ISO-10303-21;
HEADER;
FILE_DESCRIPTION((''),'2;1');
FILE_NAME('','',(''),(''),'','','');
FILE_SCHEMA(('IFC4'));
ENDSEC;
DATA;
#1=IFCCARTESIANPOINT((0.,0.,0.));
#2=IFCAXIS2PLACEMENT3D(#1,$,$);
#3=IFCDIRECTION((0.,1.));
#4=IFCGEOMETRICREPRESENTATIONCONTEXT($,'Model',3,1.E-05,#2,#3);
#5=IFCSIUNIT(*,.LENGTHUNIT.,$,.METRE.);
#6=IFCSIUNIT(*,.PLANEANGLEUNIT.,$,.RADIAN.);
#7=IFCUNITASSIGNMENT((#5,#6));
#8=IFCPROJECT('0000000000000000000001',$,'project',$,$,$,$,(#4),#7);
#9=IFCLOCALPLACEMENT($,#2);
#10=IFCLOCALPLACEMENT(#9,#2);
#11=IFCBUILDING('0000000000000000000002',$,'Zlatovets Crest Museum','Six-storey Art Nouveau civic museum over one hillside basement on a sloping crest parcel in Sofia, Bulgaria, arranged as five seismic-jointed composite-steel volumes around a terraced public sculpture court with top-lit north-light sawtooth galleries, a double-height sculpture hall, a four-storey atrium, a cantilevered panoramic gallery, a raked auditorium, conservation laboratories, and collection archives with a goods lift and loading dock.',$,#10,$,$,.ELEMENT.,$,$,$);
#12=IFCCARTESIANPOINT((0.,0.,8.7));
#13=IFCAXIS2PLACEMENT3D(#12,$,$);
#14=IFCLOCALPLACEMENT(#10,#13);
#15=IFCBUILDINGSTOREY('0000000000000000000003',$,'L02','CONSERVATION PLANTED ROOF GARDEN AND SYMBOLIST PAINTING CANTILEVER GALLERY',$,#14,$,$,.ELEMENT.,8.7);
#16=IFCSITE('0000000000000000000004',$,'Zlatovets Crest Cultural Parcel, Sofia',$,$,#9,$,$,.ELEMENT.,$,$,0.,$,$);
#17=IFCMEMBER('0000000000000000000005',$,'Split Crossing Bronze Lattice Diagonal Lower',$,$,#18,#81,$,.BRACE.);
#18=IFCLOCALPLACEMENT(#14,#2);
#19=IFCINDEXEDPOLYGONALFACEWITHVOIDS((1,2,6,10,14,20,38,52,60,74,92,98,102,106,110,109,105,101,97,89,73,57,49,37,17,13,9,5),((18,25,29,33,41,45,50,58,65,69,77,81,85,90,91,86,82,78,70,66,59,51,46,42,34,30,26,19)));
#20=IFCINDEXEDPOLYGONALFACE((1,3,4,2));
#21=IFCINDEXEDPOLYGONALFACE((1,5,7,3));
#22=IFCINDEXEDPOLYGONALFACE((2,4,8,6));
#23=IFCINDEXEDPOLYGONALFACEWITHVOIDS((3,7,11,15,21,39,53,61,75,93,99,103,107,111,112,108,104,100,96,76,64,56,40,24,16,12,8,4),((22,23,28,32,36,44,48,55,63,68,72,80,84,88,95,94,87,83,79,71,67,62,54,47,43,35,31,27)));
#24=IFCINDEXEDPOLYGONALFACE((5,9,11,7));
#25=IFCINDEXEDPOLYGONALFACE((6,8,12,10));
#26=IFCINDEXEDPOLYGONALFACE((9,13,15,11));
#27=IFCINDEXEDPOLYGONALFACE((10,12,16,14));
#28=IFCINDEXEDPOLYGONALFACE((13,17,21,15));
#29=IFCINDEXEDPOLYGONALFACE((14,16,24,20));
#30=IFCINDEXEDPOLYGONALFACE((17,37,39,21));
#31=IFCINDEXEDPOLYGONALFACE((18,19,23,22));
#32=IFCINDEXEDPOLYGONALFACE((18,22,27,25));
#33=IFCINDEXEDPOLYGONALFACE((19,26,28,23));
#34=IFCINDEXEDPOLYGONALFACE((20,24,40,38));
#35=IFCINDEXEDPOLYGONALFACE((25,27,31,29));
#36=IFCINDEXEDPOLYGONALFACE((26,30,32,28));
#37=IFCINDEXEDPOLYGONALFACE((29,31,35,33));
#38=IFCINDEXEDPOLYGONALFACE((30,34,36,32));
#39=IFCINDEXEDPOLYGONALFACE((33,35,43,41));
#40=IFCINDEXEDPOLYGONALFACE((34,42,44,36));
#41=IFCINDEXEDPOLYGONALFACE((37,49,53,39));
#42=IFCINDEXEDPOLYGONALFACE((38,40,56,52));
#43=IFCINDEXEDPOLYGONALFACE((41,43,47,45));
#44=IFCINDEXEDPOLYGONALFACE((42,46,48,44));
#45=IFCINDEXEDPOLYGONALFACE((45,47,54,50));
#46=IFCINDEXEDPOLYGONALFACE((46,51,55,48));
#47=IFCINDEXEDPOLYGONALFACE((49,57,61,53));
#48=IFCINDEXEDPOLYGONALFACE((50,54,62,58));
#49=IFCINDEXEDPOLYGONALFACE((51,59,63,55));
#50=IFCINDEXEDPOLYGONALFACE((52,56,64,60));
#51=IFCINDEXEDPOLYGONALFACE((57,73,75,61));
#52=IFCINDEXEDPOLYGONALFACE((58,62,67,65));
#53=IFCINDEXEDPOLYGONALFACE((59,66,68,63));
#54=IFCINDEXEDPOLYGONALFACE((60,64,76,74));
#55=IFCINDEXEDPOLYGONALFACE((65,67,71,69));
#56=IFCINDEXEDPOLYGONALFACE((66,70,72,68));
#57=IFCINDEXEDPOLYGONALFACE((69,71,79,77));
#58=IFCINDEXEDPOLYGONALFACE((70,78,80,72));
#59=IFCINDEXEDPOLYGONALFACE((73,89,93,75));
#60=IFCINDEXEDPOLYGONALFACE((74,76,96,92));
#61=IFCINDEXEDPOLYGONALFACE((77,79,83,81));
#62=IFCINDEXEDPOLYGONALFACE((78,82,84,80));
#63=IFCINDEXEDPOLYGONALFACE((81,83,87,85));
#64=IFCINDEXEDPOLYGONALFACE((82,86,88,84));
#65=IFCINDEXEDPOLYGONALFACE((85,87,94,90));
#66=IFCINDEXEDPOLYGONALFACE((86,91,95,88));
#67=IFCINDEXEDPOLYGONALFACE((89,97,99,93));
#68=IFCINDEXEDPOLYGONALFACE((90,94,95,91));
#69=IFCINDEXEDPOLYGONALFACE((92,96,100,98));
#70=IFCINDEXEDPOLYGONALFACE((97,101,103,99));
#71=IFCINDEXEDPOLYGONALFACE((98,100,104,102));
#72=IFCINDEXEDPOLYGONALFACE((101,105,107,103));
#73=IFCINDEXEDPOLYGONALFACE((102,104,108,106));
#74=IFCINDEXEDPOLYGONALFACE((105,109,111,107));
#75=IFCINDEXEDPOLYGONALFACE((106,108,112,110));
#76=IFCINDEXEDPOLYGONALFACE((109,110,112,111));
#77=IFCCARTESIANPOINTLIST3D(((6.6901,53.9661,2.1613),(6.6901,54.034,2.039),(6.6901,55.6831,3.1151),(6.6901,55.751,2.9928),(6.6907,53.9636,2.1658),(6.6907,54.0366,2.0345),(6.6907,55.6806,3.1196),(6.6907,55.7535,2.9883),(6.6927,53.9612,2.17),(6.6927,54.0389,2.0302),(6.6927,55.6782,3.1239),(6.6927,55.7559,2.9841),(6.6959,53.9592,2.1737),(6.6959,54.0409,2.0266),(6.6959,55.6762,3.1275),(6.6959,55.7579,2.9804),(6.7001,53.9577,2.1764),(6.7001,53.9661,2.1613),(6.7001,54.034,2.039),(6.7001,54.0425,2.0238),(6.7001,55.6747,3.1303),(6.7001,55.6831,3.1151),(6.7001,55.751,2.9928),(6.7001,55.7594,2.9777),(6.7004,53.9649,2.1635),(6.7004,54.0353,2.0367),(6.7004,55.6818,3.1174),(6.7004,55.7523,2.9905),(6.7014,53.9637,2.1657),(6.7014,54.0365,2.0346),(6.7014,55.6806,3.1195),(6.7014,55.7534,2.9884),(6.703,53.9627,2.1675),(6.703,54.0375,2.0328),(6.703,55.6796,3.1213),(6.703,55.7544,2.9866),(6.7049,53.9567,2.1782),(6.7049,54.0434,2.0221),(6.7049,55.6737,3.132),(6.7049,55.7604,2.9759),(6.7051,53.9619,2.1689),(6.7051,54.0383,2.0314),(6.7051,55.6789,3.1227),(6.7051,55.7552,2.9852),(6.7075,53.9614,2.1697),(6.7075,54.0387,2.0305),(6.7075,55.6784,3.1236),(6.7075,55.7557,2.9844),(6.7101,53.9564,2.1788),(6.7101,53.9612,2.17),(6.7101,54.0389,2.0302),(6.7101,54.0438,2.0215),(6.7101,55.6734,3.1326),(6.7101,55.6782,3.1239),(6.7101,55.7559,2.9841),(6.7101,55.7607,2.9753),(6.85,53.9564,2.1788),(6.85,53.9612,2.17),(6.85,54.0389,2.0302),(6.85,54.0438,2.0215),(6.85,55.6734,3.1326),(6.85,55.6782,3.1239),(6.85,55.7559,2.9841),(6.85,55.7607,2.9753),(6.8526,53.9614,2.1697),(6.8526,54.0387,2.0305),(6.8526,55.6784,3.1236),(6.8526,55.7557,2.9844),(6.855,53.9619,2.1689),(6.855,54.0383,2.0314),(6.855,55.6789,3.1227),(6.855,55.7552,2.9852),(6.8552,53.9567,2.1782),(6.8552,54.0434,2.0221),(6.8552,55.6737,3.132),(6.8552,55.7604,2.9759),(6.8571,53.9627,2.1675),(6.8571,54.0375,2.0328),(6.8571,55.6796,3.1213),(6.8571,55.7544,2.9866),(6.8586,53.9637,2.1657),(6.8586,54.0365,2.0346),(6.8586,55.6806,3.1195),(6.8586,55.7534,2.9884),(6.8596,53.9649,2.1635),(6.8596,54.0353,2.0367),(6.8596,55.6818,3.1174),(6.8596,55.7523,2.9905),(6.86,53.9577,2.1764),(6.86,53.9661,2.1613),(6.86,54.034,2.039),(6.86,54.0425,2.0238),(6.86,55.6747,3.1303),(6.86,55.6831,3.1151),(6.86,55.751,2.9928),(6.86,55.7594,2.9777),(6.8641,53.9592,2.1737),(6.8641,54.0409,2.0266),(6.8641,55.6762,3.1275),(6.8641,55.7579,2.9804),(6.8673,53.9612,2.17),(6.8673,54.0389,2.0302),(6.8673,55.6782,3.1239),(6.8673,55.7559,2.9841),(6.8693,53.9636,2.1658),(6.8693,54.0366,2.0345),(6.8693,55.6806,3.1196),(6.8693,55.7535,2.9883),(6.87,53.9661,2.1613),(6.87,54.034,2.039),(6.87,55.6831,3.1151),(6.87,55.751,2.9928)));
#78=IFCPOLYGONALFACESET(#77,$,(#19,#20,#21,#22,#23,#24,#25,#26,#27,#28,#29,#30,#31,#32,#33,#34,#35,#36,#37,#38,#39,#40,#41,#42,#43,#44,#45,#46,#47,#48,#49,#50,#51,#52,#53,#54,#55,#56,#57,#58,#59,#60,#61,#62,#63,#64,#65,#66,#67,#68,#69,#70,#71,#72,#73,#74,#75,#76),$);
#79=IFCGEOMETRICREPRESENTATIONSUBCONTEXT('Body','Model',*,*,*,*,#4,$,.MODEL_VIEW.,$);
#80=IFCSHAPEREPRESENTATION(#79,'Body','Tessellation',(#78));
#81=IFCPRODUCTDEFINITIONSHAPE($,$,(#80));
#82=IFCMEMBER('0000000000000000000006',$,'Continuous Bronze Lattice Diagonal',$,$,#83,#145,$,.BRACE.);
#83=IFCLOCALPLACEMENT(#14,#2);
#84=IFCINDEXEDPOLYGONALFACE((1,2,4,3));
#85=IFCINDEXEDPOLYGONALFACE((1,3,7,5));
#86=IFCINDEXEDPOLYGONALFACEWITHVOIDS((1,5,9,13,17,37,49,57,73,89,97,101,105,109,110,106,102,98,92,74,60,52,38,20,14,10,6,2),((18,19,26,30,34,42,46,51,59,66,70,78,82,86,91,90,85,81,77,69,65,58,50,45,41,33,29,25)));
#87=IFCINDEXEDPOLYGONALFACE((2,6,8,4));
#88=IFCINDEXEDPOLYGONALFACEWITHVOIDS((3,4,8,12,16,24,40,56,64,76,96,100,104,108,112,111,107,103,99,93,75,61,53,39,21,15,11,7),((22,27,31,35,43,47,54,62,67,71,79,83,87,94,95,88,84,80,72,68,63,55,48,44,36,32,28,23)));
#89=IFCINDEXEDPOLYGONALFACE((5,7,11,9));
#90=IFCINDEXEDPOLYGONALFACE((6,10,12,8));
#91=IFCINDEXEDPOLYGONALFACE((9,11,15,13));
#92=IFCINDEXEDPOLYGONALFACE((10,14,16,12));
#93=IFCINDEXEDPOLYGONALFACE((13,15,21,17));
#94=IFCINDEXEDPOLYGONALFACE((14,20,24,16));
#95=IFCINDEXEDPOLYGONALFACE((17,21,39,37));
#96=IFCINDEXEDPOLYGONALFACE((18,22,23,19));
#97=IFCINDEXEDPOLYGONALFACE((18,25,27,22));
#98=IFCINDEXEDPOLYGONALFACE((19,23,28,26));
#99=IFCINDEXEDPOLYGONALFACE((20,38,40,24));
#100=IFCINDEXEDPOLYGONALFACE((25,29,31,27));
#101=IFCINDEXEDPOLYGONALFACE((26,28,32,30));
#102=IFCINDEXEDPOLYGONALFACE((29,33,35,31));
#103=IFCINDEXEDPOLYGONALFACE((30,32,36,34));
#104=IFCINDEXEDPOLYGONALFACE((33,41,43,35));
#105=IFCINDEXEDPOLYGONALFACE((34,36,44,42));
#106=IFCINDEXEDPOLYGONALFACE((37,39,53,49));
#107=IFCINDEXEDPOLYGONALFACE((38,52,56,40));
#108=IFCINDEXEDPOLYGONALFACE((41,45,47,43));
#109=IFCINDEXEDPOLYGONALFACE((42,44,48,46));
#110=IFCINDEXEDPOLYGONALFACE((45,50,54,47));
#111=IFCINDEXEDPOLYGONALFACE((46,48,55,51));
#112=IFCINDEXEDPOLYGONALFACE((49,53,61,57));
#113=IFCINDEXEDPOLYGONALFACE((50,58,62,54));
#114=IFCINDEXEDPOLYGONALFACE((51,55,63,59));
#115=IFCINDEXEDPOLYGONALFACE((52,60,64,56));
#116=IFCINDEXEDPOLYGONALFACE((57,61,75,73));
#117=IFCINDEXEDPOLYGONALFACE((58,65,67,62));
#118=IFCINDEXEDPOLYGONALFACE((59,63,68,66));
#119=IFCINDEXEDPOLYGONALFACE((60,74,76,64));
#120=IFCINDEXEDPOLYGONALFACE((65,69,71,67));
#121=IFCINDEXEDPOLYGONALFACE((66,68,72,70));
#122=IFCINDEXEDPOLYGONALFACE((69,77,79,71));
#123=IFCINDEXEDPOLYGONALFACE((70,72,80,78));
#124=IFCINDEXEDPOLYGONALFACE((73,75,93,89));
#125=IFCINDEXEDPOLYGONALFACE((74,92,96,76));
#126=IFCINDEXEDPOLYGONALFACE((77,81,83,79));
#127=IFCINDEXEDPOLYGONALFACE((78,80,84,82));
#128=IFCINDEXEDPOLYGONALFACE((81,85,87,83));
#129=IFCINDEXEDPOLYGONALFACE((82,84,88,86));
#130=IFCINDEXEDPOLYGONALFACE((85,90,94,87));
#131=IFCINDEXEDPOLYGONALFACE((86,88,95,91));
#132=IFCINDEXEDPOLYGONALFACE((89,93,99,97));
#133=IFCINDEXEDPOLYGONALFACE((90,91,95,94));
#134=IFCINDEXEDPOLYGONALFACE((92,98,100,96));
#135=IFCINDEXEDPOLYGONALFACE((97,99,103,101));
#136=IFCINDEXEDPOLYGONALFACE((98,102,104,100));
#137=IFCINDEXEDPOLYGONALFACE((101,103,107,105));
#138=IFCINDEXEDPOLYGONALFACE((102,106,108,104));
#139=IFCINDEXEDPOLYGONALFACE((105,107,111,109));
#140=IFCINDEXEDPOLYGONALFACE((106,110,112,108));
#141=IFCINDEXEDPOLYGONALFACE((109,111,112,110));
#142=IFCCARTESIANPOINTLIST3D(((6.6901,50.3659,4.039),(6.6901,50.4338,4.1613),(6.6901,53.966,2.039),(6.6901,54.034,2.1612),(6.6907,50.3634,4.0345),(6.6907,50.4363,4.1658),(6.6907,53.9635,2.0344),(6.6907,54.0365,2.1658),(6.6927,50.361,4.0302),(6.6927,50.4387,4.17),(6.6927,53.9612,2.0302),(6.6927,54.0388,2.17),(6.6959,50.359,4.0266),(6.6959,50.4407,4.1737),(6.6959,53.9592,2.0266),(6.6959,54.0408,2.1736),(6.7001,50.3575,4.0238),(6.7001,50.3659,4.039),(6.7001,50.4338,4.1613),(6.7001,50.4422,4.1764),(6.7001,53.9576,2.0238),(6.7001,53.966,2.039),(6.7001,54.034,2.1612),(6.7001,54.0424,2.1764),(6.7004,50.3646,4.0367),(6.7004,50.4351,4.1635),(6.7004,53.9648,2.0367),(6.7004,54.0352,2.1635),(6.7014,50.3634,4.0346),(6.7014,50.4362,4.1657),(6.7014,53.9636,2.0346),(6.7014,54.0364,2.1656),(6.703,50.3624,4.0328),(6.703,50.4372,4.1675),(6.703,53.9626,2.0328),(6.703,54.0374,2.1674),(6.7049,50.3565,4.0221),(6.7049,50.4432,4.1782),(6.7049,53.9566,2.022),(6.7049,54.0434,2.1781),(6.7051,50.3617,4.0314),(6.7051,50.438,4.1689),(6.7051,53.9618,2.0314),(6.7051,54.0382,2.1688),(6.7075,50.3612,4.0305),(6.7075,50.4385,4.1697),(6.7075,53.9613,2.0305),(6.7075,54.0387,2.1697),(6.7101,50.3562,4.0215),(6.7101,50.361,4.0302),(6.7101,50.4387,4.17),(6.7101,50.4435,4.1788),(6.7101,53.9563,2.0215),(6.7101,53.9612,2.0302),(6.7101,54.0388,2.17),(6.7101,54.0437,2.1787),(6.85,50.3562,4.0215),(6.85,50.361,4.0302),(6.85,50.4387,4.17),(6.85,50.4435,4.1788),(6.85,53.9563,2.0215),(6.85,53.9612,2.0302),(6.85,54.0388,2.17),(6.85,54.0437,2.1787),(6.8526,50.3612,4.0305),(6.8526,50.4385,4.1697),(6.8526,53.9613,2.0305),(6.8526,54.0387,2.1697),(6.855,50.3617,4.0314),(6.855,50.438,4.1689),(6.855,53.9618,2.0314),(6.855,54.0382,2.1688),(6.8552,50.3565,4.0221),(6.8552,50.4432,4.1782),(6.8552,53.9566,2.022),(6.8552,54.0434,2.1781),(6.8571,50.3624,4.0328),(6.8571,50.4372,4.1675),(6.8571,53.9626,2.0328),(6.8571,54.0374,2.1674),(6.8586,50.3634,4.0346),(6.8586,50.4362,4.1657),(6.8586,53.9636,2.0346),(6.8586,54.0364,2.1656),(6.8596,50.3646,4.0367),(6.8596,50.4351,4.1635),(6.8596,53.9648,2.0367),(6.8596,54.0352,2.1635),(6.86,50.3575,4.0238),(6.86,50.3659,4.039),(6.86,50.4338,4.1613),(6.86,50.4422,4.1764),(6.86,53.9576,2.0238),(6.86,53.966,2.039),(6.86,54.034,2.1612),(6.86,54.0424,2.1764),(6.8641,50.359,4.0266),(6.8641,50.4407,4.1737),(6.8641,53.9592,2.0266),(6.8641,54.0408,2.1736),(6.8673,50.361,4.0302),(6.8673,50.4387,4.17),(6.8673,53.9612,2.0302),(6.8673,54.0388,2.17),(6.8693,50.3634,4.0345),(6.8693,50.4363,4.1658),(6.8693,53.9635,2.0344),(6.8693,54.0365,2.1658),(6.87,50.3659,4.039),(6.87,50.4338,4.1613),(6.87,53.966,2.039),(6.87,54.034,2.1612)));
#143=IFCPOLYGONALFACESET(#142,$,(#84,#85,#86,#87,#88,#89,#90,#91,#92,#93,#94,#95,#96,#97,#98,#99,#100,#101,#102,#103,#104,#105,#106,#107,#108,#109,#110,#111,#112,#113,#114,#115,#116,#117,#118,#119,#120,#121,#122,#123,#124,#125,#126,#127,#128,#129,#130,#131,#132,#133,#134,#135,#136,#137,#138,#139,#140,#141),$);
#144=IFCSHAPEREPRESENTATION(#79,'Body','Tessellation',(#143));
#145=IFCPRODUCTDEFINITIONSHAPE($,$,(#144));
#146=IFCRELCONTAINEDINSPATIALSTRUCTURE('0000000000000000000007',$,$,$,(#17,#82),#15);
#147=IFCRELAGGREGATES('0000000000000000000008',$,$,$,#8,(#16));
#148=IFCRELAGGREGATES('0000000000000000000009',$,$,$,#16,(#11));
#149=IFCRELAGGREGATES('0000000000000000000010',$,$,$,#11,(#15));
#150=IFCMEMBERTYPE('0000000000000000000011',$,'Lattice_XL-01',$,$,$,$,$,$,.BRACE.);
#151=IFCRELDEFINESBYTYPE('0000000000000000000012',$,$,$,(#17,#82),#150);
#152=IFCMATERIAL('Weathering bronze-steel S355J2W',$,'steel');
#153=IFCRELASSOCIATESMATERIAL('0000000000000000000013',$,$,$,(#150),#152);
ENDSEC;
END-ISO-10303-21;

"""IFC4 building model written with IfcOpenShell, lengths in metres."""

from ifc_helpers import new_model, si_unit, direction, frame, origin, origin_2d, place, context, subcontext, project, spatial, hollow_rectangle, extrude, material, material_profile, profile_set, type_object, element, save


model = new_model("IFC4")

# Units and contexts
model_context = context("Model", 3, precision=1e-05, world=origin(), true_north=direction((0.0, 1.0)))
body_context = subcontext(model_context, "Body", "Model", "MODEL_VIEW")
ifc_project = project(units=[si_unit("LENGTHUNIT", "METRE"), si_unit("PLANEANGLEUNIT", "RADIAN")], contexts=[model_context])

# Site, building, storey
site_placement = place(None, origin())
site = spatial("IfcSite", under=ifc_project, at=site_placement, Name="Zlatovets Crest Cultural Parcel, Sofia", CompositionType="ELEMENT", RefElevation=0.0)
building_placement = place(site_placement, origin())
building = spatial("IfcBuilding", under=site, at=building_placement, Name="Zlatovets Crest Museum", Description="Six-storey Art Nouveau civic museum over one hillside basement on a sloping crest parcel in Sofia, Bulgaria, arranged as five seismic-jointed composite-steel volumes around a terraced public sculpture court with top-lit north-light sawtooth galleries, a double-height sculpture hall, a four-storey atrium, a cantilevered panoramic gallery, a raked auditorium, conservation laboratories, and collection archives with a goods lift and loading dock.", CompositionType="ELEMENT")
storey_placement = place(building_placement, frame((0.0, 0.0, 8.7)))
storey = spatial("IfcBuildingStorey", under=building, at=storey_placement, Name="L02", Description="CONSERVATION PLANTED ROOF GARDEN AND SYMBOLIST PAINTING CANTILEVER GALLERY", CompositionType="ELEMENT", Elevation=8.7)

# Members
ifc_material_1 = material(Name="Weathering bronze-steel S355J2W", Category="steel")
ifc_material_profile_1 = material_profile(ifc_material_1, hollow_rectangle(XDim=0.1799, YDim=0.1799, WallThickness=0.01, InnerFilletRadius=0.01, OuterFilletRadius=0.02, at=origin_2d()), Name="SHS 180x180x10.0")
ifc_profile_set_1 = profile_set([ifc_material_profile_1], Name="Weathering bronze-steel S355J2W")
member_type_1 = type_object("IfcMemberType", Name="Lattice_XL-01", PredefinedType="BRACE", material=ifc_profile_set_1)
for number, where, z_axis, x_axis, name in (
    (1, (6.78, 55.717, 3.054), (0.0, -0.874169, -0.485622), (1.0, 0.0, 0.0), "Split Crossing Bronze Lattice Diagonal Lower"),
):
    element("IfcMember", number, at=place(storey_placement, frame(where, z_axis=z_axis, x_axis=x_axis)), inside=storey, type_object=member_type_1, Name=name, PredefinedType="BRACE", context=body_context, shape_type="SweptSolid", body=[
        extrude(hollow_rectangle(XDim=0.1799, YDim=0.1799, WallThickness=0.01, InnerFilletRadius=0.01, OuterFilletRadius=0.02, at=origin_2d()), origin(), (0.0, 0.0, 1.0), 1.9641),
    ])
member_1_placement = place(storey_placement, frame((6.78, 54.0, 2.1001), z_axis=(0.0, -0.874163, 0.485633), x_axis=(1.0, 0.0, 0.0)))
element("IfcMember", 2, at=member_1_placement, inside=storey, type_object=member_type_1, Name="Continuous Bronze Lattice Diagonal", PredefinedType="BRACE", context=body_context, shape_type="SweptSolid", body=[
    extrude(hollow_rectangle(XDim=0.1799, YDim=0.1799, WallThickness=0.01, InnerFilletRadius=0.01, OuterFilletRadius=0.02, at=origin_2d()), origin(), (0.0, 0.0, 1.0), 4.1184),
])

save(model, "model.ifc")
